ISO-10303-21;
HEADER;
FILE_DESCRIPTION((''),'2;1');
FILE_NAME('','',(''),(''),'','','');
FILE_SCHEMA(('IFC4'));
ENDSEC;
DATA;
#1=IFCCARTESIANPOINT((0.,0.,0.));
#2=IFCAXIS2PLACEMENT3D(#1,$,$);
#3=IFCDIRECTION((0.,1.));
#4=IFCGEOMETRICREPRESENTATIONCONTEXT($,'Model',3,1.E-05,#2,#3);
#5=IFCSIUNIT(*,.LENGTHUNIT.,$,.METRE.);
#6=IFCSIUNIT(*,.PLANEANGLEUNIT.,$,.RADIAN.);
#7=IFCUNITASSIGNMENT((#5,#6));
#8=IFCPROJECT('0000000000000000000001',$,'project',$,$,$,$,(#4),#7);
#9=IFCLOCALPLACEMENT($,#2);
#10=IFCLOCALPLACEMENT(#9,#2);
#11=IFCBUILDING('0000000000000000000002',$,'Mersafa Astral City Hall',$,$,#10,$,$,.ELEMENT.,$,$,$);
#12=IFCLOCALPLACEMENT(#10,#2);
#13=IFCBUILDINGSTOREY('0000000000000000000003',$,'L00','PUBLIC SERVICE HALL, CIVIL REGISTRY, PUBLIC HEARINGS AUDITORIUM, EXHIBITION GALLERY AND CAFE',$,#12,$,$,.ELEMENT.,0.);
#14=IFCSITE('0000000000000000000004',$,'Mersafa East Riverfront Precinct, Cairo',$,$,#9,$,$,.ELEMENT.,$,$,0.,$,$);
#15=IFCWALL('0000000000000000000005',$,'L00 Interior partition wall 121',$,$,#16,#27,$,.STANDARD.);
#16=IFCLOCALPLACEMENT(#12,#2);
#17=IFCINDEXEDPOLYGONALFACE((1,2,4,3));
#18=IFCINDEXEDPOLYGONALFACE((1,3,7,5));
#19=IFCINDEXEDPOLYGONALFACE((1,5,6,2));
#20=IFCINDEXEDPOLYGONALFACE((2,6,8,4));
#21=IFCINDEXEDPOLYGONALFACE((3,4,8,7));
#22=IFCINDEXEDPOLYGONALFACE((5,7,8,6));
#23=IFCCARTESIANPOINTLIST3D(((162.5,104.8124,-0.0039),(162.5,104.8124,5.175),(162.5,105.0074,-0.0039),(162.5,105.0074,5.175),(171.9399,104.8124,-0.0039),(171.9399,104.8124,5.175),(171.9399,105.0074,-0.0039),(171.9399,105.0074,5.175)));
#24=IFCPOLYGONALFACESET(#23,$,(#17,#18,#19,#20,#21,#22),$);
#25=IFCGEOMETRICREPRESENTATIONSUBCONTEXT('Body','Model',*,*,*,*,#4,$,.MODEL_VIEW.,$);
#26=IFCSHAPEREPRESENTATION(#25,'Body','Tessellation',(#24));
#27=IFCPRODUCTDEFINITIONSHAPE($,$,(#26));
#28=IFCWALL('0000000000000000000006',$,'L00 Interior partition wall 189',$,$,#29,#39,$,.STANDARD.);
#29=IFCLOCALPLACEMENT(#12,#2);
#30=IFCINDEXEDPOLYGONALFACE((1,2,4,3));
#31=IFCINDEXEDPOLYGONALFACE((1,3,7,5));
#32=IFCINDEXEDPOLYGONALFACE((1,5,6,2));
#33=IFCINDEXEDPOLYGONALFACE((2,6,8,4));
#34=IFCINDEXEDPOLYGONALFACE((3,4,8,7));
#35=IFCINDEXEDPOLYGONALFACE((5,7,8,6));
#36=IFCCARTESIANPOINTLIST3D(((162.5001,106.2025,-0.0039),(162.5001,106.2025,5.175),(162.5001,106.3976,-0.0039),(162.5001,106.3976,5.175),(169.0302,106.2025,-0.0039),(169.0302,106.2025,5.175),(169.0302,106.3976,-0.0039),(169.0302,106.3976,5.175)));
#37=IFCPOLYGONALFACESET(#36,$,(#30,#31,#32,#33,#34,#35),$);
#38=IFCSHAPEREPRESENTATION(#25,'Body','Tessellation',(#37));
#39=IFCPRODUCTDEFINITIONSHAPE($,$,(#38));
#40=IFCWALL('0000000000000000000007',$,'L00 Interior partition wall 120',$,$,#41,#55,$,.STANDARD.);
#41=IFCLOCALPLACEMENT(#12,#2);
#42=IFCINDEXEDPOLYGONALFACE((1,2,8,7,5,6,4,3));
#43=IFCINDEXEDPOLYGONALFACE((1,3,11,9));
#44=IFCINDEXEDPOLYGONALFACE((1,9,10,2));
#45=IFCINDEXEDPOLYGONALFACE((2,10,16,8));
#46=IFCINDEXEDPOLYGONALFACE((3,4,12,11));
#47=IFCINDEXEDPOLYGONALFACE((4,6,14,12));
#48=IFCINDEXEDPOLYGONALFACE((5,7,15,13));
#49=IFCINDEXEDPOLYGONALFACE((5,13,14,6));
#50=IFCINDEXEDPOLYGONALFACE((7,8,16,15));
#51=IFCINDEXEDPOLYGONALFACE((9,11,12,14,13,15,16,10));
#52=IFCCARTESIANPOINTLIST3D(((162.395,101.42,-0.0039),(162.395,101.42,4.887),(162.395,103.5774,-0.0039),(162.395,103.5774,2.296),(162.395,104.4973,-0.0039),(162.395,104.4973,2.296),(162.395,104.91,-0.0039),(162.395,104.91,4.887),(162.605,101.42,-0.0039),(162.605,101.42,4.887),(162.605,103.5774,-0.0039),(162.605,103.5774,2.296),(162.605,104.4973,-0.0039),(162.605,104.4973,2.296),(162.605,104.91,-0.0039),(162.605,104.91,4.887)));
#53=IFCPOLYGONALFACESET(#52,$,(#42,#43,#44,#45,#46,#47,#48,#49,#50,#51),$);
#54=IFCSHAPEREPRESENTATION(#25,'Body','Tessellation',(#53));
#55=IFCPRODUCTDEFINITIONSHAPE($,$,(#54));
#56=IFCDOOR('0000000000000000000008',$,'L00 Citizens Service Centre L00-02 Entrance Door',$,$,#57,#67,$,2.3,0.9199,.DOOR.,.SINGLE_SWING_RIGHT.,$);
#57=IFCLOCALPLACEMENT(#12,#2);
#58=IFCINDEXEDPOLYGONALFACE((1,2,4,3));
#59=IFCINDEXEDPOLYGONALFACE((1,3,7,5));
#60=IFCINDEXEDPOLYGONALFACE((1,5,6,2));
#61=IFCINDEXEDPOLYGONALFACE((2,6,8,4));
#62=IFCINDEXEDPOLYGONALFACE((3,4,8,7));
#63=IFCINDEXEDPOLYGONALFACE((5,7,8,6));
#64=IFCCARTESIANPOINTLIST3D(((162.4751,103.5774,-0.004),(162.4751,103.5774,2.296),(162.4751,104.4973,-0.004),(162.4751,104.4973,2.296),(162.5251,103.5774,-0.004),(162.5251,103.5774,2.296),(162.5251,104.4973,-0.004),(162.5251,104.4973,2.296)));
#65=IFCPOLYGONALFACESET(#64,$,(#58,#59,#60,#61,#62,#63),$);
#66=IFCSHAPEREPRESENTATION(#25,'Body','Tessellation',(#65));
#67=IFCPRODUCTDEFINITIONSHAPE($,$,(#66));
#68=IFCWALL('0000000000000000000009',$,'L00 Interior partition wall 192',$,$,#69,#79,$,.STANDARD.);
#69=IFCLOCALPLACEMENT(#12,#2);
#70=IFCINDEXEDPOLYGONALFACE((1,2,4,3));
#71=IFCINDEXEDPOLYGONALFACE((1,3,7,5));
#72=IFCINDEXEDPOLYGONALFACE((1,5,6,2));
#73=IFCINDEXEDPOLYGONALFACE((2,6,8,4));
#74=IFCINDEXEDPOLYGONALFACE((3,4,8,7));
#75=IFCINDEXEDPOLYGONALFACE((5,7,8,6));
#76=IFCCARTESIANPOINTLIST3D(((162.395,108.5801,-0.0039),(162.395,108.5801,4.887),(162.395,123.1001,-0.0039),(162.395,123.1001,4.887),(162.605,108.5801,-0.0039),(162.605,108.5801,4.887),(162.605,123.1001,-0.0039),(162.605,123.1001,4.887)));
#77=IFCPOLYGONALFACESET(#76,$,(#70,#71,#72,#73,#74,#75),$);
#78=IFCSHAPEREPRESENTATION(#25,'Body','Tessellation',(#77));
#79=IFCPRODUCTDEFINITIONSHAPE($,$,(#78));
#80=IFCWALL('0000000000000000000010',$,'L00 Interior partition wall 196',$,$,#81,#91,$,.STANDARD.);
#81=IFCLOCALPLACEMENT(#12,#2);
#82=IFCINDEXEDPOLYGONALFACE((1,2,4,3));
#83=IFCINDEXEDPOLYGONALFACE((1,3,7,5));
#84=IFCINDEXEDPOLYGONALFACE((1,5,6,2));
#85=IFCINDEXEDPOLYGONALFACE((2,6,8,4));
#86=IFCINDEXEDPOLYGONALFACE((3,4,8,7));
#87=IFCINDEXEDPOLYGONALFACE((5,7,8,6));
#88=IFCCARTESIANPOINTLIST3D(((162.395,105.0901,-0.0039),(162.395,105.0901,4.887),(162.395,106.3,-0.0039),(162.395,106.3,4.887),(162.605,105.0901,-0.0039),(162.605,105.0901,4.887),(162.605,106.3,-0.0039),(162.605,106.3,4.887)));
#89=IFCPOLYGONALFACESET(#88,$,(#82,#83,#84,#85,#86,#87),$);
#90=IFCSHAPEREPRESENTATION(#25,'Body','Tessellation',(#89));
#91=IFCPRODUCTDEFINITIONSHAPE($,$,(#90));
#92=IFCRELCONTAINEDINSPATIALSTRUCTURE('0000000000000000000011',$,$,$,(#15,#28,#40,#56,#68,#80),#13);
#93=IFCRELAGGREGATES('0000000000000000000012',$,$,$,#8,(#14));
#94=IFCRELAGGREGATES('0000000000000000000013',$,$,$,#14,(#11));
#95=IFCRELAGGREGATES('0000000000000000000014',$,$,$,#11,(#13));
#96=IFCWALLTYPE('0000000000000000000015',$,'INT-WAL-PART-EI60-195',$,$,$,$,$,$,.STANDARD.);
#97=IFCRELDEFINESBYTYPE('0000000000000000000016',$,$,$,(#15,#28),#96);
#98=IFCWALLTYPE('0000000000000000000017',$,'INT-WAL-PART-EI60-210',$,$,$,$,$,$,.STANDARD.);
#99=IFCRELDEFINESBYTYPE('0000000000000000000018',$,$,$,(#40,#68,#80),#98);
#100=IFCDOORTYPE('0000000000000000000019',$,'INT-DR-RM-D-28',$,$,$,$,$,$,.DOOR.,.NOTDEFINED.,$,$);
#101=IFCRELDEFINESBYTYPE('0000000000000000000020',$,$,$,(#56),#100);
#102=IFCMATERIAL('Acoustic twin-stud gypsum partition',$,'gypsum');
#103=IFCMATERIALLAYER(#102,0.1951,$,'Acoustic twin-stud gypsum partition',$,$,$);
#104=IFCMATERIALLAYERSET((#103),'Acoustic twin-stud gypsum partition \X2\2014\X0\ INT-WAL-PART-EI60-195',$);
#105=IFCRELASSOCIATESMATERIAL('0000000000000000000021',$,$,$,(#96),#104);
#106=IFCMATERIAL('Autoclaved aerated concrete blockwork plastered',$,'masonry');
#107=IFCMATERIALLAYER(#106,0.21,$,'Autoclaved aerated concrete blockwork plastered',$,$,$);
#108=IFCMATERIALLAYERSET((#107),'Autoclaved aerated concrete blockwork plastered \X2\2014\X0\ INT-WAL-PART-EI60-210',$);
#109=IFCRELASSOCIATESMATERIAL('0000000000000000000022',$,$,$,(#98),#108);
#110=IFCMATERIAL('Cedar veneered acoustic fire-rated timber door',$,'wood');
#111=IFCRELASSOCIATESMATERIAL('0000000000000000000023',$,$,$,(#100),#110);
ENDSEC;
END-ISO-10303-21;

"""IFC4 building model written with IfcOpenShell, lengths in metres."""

from ifc_helpers import new_model, si_unit, direction, frame, frame_2d, origin, place, context, subcontext, project, spatial, rectangle, extrude, material, layer, layer_set, type_object, element, fill, save


model = new_model("IFC4")

# Units and contexts
model_context = context("Model", 3, precision=1e-05, world=origin(), true_north=direction((0.0, 1.0)))
body_context = subcontext(model_context, "Body", "Model", "MODEL_VIEW")
ifc_project = project(units=[si_unit("LENGTHUNIT", "METRE"), si_unit("PLANEANGLEUNIT", "RADIAN")], contexts=[model_context])

# Site, building, storey
site_placement = place(None, origin())
site = spatial("IfcSite", under=ifc_project, at=site_placement, Name="Mersafa East Riverfront Precinct, Cairo", CompositionType="ELEMENT", RefElevation=0.0)
building_placement = place(site_placement, origin())
building = spatial("IfcBuilding", under=site, at=building_placement, Name="Mersafa Astral City Hall", CompositionType="ELEMENT")
storey_placement = place(building_placement, origin())
storey = spatial("IfcBuildingStorey", under=building, at=storey_placement, Name="L00", Description="PUBLIC SERVICE HALL, CIVIL REGISTRY, PUBLIC HEARINGS AUDITORIUM, EXHIBITION GALLERY AND CAFE", CompositionType="ELEMENT", Elevation=0.0)

# Walls
ifc_material_1 = material(Name="Acoustic twin-stud gypsum partition", Category="gypsum")
ifc_layer_1 = layer(ifc_material_1, 0.1951, Name="Acoustic twin-stud gypsum partition")
ifc_layer_set_1 = layer_set([ifc_layer_1], Name="Acoustic twin-stud gypsum partition — INT-WAL-PART-EI60-195")
wall_type_1 = type_object("IfcWallType", Name="INT-WAL-PART-EI60-195", PredefinedType="STANDARD", material=ifc_layer_set_1)
wall_1_placement = place(storey_placement, frame((162.5, 104.9099, -0.0039), z_axis=(0.0, 0.0, 1.0), x_axis=(1.0, 0.0, 0.0)))
element("IfcWall", 1, at=wall_1_placement, inside=storey, type_object=wall_type_1, Name="L00 Interior partition wall 121", PredefinedType="STANDARD", context=body_context, shape_type="SweptSolid", body=[
    extrude(rectangle(XDim=9.4399, YDim=0.1951, at=frame_2d((4.72, 0.0))), origin(), (0.0, 0.0, 1.0), 5.179),
])
wall_2_placement = place(storey_placement, frame((162.5, 106.3, -0.0039), z_axis=(0.0, 0.0, 1.0), x_axis=(1.0, 0.0, 0.0)))
element("IfcWall", 2, at=wall_2_placement, inside=storey, type_object=wall_type_1, Name="L00 Interior partition wall 189", PredefinedType="STANDARD", context=body_context, shape_type="SweptSolid", body=[
    extrude(rectangle(XDim=6.53, YDim=0.1951, at=frame_2d((3.2651, 0.0))), origin(), (0.0, 0.0, 1.0), 5.179),
])

# Wall, opening, door
ifc_material_2 = material(Name="Autoclaved aerated concrete blockwork plastered", Category="masonry")
ifc_layer_2 = layer(ifc_material_2, 0.21, Name="Autoclaved aerated concrete blockwork plastered")
ifc_layer_set_2 = layer_set([ifc_layer_2], Name="Autoclaved aerated concrete blockwork plastered — INT-WAL-PART-EI60-210")
wall_type_2 = type_object("IfcWallType", Name="INT-WAL-PART-EI60-210", PredefinedType="STANDARD", material=ifc_layer_set_2)
wall_3_placement = place(storey_placement, frame((162.5, 101.4199, -0.0039), z_axis=(0.0, 0.0, 1.0), x_axis=(0.0, 1.0, 0.0)))
wall_3 = element("IfcWall", 3, at=wall_3_placement, inside=storey, type_object=wall_type_2, Name="L00 Interior partition wall 120", PredefinedType="STANDARD", context=body_context, shape_type="SweptSolid", body=[
    extrude(rectangle(XDim=3.49, YDim=0.21, at=frame_2d((1.7451, 0.0))), origin(), (0.0, 0.0, 1.0), 4.8909),
])
opening_placement = place(wall_3_placement, frame((2.1575, 0.0, 0.0)))
opening = element("IfcOpeningElement", 4, at=opening_placement, cuts=wall_3, PredefinedType="OPENING", context=body_context, shape_type="SweptSolid", body=[
    extrude(rectangle(XDim=0.9199, YDim=2.3, at=frame_2d((0.46, 1.1499))), frame((0.0, 0.115, 0.0), z_axis=(0.0, -1.0, 0.0), x_axis=(1.0, 0.0, 0.0)), (0.0, 0.0, 1.0), 0.23),
])
ifc_material_3 = material(Name="Cedar veneered acoustic fire-rated timber door", Category="wood")
door_type = type_object("IfcDoorType", Name="INT-DR-RM-D-28", OperationType="NOTDEFINED", PredefinedType="DOOR", material=ifc_material_3)
door_placement = place(opening_placement, origin())
door = element("IfcDoor", 5, at=door_placement, inside=storey, type_object=door_type, Name="L00 Citizens Service Centre L00-02 Entrance Door", OperationType="SINGLE_SWING_RIGHT", OverallHeight=2.3, OverallWidth=0.9199, PredefinedType="DOOR", context=body_context, shape_type="SweptSolid", body=[
    extrude(rectangle(XDim=0.9199, YDim=2.3, at=frame_2d((0.46, 1.1499))), frame((0.0, 0.0249, 0.0), z_axis=(0.0, -1.0, 0.0), x_axis=(1.0, 0.0, 0.0)), (0.0, 0.0, 1.0), 0.05),
])
fill(opening, door)

# Walls
wall_4_placement = place(storey_placement, frame((162.5, 108.5801, -0.0039), z_axis=(0.0, 0.0, 1.0), x_axis=(0.0, 1.0, 0.0)))
element("IfcWall", 6, at=wall_4_placement, inside=storey, type_object=wall_type_2, Name="L00 Interior partition wall 192", PredefinedType="STANDARD", context=body_context, shape_type="SweptSolid", body=[
    extrude(rectangle(XDim=14.52, YDim=0.21, at=frame_2d((7.26, 0.0))), origin(), (0.0, 0.0, 1.0), 4.8909),
])
wall_5_placement = place(storey_placement, frame((162.5, 105.0901, -0.0039), z_axis=(0.0, 0.0, 1.0), x_axis=(0.0, 1.0, 0.0)))
element("IfcWall", 7, at=wall_5_placement, inside=storey, type_object=wall_type_2, Name="L00 Interior partition wall 196", PredefinedType="STANDARD", context=body_context, shape_type="SweptSolid", body=[
    extrude(rectangle(XDim=1.21, YDim=0.21, at=frame_2d((0.605, 0.0))), origin(), (0.0, 0.0, 1.0), 4.8909),
])

save(model, "model.ifc")
